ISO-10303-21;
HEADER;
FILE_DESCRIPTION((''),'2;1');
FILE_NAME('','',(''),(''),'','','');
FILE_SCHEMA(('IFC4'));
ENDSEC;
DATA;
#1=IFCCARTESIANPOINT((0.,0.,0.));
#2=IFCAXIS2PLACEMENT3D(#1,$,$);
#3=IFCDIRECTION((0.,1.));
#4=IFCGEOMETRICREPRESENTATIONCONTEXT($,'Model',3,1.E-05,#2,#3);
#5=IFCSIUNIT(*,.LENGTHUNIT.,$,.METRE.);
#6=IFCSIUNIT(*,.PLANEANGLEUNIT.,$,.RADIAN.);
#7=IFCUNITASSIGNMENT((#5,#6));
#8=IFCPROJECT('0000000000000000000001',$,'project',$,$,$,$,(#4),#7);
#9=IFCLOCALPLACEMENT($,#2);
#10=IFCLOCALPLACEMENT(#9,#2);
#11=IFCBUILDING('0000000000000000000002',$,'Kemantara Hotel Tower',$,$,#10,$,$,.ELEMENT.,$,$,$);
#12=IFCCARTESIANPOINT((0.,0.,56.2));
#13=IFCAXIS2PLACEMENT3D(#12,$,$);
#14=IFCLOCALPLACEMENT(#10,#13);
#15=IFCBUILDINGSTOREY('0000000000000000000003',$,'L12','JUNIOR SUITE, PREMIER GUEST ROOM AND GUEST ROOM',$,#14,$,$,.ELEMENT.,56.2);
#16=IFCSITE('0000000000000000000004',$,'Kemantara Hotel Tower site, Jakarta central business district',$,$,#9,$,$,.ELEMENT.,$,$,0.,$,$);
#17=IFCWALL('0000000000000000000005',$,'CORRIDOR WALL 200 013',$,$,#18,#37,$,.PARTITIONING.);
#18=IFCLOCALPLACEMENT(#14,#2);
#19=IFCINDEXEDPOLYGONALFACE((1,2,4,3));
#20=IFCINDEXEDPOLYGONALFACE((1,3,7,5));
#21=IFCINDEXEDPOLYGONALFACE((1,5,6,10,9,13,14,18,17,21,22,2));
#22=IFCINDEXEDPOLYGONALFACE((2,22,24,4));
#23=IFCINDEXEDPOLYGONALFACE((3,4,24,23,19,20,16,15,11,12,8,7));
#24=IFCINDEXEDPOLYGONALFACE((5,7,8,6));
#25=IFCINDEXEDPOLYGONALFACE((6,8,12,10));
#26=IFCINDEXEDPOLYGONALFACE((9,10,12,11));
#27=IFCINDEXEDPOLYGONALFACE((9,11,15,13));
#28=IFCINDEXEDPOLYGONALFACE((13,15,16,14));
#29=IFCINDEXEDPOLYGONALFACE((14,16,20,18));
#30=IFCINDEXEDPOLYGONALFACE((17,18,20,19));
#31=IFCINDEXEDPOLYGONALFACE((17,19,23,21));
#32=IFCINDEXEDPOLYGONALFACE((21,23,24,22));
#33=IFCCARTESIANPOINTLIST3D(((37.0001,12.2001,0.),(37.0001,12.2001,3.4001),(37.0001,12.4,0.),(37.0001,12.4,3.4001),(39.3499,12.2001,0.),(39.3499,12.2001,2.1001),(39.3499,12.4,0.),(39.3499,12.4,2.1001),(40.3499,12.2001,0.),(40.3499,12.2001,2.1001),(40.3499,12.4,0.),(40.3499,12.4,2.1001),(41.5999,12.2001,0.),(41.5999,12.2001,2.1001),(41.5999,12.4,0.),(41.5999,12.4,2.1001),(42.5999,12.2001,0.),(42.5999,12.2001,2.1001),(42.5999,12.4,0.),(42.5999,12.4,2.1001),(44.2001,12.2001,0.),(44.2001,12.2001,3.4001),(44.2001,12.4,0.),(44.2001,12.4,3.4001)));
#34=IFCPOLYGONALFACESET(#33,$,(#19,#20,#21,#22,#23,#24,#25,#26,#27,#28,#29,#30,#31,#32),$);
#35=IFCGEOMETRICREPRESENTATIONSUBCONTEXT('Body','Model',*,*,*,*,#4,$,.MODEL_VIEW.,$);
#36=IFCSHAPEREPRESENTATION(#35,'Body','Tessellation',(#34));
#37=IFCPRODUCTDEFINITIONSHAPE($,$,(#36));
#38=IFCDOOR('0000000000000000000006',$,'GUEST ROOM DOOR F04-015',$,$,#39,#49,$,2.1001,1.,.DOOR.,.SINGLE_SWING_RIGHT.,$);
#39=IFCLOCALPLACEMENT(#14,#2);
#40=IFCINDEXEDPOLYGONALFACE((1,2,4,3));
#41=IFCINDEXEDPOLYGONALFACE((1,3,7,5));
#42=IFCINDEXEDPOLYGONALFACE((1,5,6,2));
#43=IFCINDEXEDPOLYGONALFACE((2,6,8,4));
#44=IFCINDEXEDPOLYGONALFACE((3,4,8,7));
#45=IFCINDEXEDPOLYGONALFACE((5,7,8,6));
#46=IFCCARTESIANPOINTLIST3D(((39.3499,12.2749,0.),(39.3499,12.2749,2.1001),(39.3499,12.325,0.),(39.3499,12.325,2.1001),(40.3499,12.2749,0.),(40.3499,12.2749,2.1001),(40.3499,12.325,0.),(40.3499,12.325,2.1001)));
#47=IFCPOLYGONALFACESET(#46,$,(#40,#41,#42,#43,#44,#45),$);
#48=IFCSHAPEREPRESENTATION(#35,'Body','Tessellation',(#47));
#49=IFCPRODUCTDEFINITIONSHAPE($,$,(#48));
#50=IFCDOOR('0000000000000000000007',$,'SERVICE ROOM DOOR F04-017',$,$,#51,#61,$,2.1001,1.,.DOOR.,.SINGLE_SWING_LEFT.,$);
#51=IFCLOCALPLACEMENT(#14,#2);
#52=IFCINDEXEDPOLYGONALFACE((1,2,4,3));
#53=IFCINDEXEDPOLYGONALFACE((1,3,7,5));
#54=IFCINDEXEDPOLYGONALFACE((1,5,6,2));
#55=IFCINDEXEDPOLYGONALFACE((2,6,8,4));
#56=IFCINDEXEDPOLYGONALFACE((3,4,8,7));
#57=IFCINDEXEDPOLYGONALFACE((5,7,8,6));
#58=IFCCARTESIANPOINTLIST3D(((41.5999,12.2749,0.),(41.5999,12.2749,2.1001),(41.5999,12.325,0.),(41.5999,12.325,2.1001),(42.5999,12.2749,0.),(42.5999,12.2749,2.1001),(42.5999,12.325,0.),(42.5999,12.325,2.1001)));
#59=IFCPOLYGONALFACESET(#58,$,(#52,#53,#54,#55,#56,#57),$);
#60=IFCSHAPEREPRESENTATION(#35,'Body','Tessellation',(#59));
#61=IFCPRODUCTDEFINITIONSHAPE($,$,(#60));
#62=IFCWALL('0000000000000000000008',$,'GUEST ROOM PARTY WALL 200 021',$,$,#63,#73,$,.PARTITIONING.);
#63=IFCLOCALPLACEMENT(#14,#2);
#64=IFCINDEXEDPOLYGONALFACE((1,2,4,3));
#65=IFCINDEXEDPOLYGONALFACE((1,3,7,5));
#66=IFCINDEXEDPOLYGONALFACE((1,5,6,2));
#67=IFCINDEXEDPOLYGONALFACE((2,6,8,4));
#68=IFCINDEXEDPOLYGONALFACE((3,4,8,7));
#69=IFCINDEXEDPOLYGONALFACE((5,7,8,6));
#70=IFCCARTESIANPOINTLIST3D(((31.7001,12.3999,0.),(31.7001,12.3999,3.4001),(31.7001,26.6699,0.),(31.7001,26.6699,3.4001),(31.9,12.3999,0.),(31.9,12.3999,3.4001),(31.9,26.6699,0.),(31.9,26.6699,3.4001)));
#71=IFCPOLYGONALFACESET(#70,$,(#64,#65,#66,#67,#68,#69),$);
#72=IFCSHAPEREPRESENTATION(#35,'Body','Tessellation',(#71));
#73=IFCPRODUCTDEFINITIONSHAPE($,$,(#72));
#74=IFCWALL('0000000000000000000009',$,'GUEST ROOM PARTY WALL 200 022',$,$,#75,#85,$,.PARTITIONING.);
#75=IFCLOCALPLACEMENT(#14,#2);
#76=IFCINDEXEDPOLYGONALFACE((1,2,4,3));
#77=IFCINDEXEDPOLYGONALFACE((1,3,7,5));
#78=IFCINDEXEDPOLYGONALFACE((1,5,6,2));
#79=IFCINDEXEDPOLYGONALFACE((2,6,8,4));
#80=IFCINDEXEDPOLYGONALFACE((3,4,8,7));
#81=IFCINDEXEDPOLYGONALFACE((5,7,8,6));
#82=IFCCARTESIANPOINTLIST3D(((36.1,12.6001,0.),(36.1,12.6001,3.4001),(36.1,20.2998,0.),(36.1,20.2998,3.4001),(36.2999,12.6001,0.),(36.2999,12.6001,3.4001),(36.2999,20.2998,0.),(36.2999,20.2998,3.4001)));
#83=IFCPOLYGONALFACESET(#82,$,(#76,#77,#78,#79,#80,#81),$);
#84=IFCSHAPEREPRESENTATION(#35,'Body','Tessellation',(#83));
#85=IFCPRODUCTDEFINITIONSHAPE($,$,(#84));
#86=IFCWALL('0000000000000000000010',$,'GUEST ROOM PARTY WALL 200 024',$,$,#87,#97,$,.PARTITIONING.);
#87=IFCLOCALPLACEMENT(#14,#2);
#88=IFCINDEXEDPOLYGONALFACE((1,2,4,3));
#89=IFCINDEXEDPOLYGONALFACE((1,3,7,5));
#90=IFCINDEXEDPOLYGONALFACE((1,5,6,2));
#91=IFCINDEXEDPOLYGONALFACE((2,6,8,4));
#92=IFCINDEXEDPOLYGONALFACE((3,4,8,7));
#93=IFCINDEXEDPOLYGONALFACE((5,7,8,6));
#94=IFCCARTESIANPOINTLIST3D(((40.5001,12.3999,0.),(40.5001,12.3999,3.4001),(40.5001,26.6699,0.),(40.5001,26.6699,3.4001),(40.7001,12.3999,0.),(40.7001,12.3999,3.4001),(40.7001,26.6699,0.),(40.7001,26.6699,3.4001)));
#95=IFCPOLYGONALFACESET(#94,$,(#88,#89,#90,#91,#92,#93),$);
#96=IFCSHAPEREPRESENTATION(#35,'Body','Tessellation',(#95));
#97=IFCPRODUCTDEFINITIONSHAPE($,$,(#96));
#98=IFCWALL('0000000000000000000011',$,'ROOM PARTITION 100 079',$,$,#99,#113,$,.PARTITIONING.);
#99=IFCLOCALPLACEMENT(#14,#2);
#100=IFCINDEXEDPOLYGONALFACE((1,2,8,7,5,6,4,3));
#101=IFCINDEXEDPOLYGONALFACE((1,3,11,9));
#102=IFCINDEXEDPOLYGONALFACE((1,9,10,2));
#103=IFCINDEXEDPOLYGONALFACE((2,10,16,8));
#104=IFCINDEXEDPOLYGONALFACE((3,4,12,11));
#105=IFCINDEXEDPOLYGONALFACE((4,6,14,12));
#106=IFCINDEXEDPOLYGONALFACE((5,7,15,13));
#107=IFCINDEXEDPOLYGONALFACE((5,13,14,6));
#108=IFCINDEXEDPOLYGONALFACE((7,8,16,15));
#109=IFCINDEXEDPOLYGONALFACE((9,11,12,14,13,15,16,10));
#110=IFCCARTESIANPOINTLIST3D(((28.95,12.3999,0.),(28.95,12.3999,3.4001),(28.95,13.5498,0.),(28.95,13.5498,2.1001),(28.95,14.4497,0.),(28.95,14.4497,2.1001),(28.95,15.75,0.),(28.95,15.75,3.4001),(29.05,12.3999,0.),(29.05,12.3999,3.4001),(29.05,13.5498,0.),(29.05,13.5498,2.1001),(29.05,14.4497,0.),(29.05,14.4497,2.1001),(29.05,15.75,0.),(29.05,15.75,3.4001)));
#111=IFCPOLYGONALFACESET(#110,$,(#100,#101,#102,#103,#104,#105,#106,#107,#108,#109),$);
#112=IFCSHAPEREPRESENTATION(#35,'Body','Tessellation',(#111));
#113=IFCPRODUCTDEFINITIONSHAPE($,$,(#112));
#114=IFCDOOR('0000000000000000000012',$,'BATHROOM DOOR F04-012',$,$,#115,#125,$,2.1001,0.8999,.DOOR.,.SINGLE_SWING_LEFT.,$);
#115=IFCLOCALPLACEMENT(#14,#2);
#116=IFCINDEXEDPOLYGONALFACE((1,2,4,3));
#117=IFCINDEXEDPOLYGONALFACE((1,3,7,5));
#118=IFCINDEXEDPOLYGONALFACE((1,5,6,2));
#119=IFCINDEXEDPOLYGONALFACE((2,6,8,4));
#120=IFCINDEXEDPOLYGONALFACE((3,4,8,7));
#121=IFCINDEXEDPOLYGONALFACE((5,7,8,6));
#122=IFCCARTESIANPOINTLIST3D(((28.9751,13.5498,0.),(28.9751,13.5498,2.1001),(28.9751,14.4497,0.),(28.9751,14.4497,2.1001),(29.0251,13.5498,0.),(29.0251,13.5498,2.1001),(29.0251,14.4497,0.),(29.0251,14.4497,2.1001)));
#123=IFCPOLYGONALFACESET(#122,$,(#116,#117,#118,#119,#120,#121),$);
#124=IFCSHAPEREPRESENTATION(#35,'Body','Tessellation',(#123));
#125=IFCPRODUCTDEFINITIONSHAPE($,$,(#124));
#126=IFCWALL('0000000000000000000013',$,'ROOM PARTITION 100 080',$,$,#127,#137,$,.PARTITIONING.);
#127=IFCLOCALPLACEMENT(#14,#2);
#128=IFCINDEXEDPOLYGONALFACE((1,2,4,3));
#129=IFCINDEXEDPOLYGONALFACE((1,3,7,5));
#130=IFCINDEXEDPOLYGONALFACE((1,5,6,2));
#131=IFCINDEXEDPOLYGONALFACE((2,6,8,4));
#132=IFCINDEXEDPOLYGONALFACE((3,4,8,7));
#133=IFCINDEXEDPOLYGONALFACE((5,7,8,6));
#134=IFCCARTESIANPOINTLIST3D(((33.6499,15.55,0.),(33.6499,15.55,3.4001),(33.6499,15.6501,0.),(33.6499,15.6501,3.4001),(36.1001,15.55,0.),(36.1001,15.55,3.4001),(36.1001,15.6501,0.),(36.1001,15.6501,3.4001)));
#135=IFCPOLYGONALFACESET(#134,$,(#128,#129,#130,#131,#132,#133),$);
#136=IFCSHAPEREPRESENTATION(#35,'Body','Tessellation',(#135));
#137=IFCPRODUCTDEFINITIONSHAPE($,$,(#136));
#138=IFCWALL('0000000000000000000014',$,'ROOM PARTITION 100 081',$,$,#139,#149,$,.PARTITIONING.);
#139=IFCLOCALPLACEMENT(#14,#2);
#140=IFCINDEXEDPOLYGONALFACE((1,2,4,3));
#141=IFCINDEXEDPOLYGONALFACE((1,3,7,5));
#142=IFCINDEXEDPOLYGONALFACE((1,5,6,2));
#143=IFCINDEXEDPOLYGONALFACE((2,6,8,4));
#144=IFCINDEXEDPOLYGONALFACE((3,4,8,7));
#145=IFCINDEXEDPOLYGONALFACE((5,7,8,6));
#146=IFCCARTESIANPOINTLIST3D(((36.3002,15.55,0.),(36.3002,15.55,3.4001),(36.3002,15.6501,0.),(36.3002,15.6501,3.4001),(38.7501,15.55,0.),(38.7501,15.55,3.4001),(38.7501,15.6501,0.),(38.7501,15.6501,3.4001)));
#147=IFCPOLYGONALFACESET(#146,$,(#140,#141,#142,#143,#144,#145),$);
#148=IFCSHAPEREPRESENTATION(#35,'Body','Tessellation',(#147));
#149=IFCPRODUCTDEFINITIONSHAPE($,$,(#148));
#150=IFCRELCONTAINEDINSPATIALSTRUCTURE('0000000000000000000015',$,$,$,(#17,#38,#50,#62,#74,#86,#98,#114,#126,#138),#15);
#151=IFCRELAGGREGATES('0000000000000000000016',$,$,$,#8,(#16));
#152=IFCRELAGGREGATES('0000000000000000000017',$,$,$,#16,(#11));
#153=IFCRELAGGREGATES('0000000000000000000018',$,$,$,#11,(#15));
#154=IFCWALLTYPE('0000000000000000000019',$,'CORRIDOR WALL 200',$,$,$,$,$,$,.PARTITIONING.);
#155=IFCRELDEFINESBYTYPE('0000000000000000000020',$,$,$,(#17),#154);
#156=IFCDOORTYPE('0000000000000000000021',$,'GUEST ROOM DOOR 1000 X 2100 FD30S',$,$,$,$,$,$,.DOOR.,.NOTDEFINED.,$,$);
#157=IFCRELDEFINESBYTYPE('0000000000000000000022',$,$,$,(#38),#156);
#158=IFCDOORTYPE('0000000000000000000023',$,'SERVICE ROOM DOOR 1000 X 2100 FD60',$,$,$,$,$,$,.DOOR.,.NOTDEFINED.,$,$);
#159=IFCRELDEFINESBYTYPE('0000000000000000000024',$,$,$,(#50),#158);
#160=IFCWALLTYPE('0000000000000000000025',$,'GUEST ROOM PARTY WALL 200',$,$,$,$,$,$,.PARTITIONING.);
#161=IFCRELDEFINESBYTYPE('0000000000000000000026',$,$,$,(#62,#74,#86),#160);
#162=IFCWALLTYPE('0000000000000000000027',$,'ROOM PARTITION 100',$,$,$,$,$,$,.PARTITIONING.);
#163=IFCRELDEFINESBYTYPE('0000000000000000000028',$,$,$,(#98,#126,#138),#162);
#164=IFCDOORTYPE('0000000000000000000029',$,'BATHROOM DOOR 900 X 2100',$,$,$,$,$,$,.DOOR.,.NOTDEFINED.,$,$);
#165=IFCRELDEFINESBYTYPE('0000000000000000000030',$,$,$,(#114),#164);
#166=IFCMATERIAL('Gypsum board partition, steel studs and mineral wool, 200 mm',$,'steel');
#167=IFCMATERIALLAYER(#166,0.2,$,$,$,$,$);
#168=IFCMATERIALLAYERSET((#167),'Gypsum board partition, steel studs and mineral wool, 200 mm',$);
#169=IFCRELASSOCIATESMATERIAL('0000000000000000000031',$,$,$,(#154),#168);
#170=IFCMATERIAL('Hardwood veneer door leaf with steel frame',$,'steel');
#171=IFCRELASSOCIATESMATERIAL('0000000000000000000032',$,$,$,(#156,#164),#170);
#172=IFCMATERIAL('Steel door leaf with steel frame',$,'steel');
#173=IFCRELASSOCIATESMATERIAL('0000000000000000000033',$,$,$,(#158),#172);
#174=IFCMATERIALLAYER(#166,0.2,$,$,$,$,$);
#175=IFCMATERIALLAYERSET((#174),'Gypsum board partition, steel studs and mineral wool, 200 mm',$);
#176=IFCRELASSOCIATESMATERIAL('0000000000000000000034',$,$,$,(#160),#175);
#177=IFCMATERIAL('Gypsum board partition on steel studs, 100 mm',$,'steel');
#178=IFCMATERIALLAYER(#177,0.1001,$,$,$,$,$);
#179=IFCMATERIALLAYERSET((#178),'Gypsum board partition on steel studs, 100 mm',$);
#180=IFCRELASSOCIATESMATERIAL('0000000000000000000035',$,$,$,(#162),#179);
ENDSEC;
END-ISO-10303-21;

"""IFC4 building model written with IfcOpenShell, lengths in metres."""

from ifc_helpers import new_model, si_unit, direction, frame, frame_2d, origin, place, context, subcontext, project, spatial, rectangle, extrude, material, layer, layer_set, type_object, element, fill, save


model = new_model("IFC4")

# Units and contexts
model_context = context("Model", 3, precision=1e-05, world=origin(), true_north=direction((0.0, 1.0)))
body_context = subcontext(model_context, "Body", "Model", "MODEL_VIEW")
ifc_project = project(units=[si_unit("LENGTHUNIT", "METRE"), si_unit("PLANEANGLEUNIT", "RADIAN")], contexts=[model_context])

# Site, building, storey
site_placement = place(None, origin())
site = spatial("IfcSite", under=ifc_project, at=site_placement, Name="Kemantara Hotel Tower site, Jakarta central business district", CompositionType="ELEMENT", RefElevation=0.0)
building_placement = place(site_placement, origin())
building = spatial("IfcBuilding", under=site, at=building_placement, Name="Kemantara Hotel Tower", CompositionType="ELEMENT")
storey_placement = place(building_placement, frame((0.0, 0.0, 56.2)))
storey = spatial("IfcBuildingStorey", under=building, at=storey_placement, Name="L12", Description="JUNIOR SUITE, PREMIER GUEST ROOM AND GUEST ROOM", CompositionType="ELEMENT", Elevation=56.2)

# Shared definitions
ifc_material_1 = material(Name="Gypsum board partition, steel studs and mineral wool, 200 mm", Category="steel")
ifc_layer_1 = layer(ifc_material_1, 0.2)
ifc_layer_set_1 = layer_set([ifc_layer_1], Name="Gypsum board partition, steel studs and mineral wool, 200 mm")
wall_type_1 = type_object("IfcWallType", Name="CORRIDOR WALL 200", PredefinedType="PARTITIONING", material=ifc_layer_set_1)

# Wall, openings, doors
ifc_material_2 = material(Name="Hardwood veneer door leaf with steel frame", Category="steel")
door_type_1 = type_object("IfcDoorType", Name="GUEST ROOM DOOR 1000 X 2100 FD30S", OperationType="NOTDEFINED", PredefinedType="DOOR", material=ifc_material_2)
wall_1_placement = place(storey_placement, frame((37.0, 12.3, 0.0), z_axis=(0.0, 0.0, 1.0), x_axis=(1.0, 0.0, 0.0)))
wall_1 = element("IfcWall", 1, at=wall_1_placement, inside=storey, type_object=wall_type_1, Name="CORRIDOR WALL 200 013", PredefinedType="PARTITIONING", context=body_context, shape_type="SweptSolid", body=[
    extrude(rectangle(XDim=7.2, YDim=0.2, at=frame_2d((3.6001, 0.0))), origin(), (0.0, 0.0, 1.0), 3.4001),
])
opening_1_placement = place(wall_1_placement, frame((2.3499, 0.0, 0.0)))
opening_1 = element("IfcOpeningElement", 2, at=opening_1_placement, cuts=wall_1, PredefinedType="OPENING", context=body_context, shape_type="SweptSolid", body=[
    extrude(rectangle(XDim=1.0, YDim=2.1001, at=frame_2d((0.5, 1.05))), frame((0.0, 0.1099, 0.0), z_axis=(0.0, -1.0, 0.0), x_axis=(1.0, 0.0, 0.0)), (0.0, 0.0, 1.0), 0.22),
])
opening_2_placement = place(wall_1_placement, frame((4.5999, 0.0, 0.0)))
opening_2 = element("IfcOpeningElement", 3, at=opening_2_placement, cuts=wall_1, PredefinedType="OPENING", context=body_context, shape_type="SweptSolid", body=[
    extrude(rectangle(XDim=1.0, YDim=2.1001, at=frame_2d((0.5, 1.05))), frame((0.0, 0.1099, 0.0), z_axis=(0.0, -1.0, 0.0), x_axis=(1.0, 0.0, 0.0)), (0.0, 0.0, 1.0), 0.22),
])
door_1_placement = place(opening_1_placement, origin())
door_1 = element("IfcDoor", 4, at=door_1_placement, inside=storey, type_object=door_type_1, Name="GUEST ROOM DOOR F04-015", OperationType="SINGLE_SWING_RIGHT", OverallHeight=2.1001, OverallWidth=1.0, PredefinedType="DOOR", context=body_context, shape_type="SweptSolid", body=[
    extrude(rectangle(XDim=1.0, YDim=2.1001, at=frame_2d((0.5, 1.05))), frame((0.0, 0.0249, 0.0), z_axis=(0.0, -1.0, 0.0), x_axis=(1.0, 0.0, 0.0)), (0.0, 0.0, 1.0), 0.05),
])
fill(opening_1, door_1)
ifc_material_3 = material(Name="Steel door leaf with steel frame", Category="steel")
door_type_2 = type_object("IfcDoorType", Name="SERVICE ROOM DOOR 1000 X 2100 FD60", OperationType="NOTDEFINED", PredefinedType="DOOR", material=ifc_material_3)
door_2_placement = place(opening_2_placement, origin())
door_2 = element("IfcDoor", 5, at=door_2_placement, inside=storey, type_object=door_type_2, Name="SERVICE ROOM DOOR F04-017", OperationType="SINGLE_SWING_LEFT", OverallHeight=2.1001, OverallWidth=1.0, PredefinedType="DOOR", context=body_context, shape_type="SweptSolid", body=[
    extrude(rectangle(XDim=1.0, YDim=2.1001, at=frame_2d((0.5, 1.05))), frame((0.0, 0.0249, 0.0), z_axis=(0.0, -1.0, 0.0), x_axis=(1.0, 0.0, 0.0)), (0.0, 0.0, 1.0), 0.05),
])
fill(opening_2, door_2)

# Walls
ifc_layer_2 = layer(ifc_material_1, 0.2)
ifc_layer_set_2 = layer_set([ifc_layer_2], Name="Gypsum board partition, steel studs and mineral wool, 200 mm")
wall_type_2 = type_object("IfcWallType", Name="GUEST ROOM PARTY WALL 200", PredefinedType="PARTITIONING", material=ifc_layer_set_2)
wall_2_placement = place(storey_placement, frame((31.8, 12.3999, 0.0), z_axis=(0.0, 0.0, 1.0), x_axis=(0.0, 1.0, 0.0)))
element("IfcWall", 6, at=wall_2_placement, inside=storey, type_object=wall_type_2, Name="GUEST ROOM PARTY WALL 200 021", PredefinedType="PARTITIONING", context=body_context, shape_type="SweptSolid", body=[
    extrude(rectangle(XDim=14.27, YDim=0.2, at=frame_2d((7.135, 0.0))), origin(), (0.0, 0.0, 1.0), 3.4001),
])
wall_3_placement = place(storey_placement, frame((36.2, 12.6001, 0.0), z_axis=(0.0, 0.0, 1.0), x_axis=(0.0, 1.0, 0.0)))
element("IfcWall", 7, at=wall_3_placement, inside=storey, type_object=wall_type_2, Name="GUEST ROOM PARTY WALL 200 022", PredefinedType="PARTITIONING", context=body_context, shape_type="SweptSolid", body=[
    extrude(rectangle(XDim=7.6997, YDim=0.2, at=frame_2d((3.8499, 0.0))), origin(), (0.0, 0.0, 1.0), 3.4001),
])
wall_4_placement = place(storey_placement, frame((40.6001, 12.3999, 0.0), z_axis=(0.0, 0.0, 1.0), x_axis=(0.0, 1.0, 0.0)))
element("IfcWall", 8, at=wall_4_placement, inside=storey, type_object=wall_type_2, Name="GUEST ROOM PARTY WALL 200 024", PredefinedType="PARTITIONING", context=body_context, shape_type="SweptSolid", body=[
    extrude(rectangle(XDim=14.27, YDim=0.2, at=frame_2d((7.135, 0.0))), origin(), (0.0, 0.0, 1.0), 3.4001),
])

# Wall, opening, door
ifc_material_4 = material(Name="Gypsum board partition on steel studs, 100 mm", Category="steel")
ifc_layer_3 = layer(ifc_material_4, 0.1001)
ifc_layer_set_3 = layer_set([ifc_layer_3], Name="Gypsum board partition on steel studs, 100 mm")
wall_type_3 = type_object("IfcWallType", Name="ROOM PARTITION 100", PredefinedType="PARTITIONING", material=ifc_layer_set_3)
wall_5_placement = place(storey_placement, frame((29.0, 12.3999, 0.0), z_axis=(0.0, 0.0, 1.0), x_axis=(0.0, 1.0, 0.0)))
wall_5 = element("IfcWall", 9, at=wall_5_placement, inside=storey, type_object=wall_type_3, Name="ROOM PARTITION 100 079", PredefinedType="PARTITIONING", context=body_context, shape_type="SweptSolid", body=[
    extrude(rectangle(XDim=3.3501, YDim=0.1001, at=frame_2d((1.675, 0.0))), origin(), (0.0, 0.0, 1.0), 3.4001),
])
opening_3_placement = place(wall_5_placement, frame((1.1499, 0.0, 0.0)))
opening_3 = element("IfcOpeningElement", 10, at=opening_3_placement, cuts=wall_5, PredefinedType="OPENING", context=body_context, shape_type="SweptSolid", body=[
    extrude(rectangle(XDim=0.8999, YDim=2.1001, at=frame_2d((0.45, 1.05))), frame((0.0, 0.0601, 0.0), z_axis=(0.0, -1.0, 0.0), x_axis=(1.0, 0.0, 0.0)), (0.0, 0.0, 1.0), 0.1201),
])
door_type_3 = type_object("IfcDoorType", Name="BATHROOM DOOR 900 X 2100", OperationType="NOTDEFINED", PredefinedType="DOOR", material=ifc_material_2)
door_3_placement = place(opening_3_placement, origin())
door_3 = element("IfcDoor", 11, at=door_3_placement, inside=storey, type_object=door_type_3, Name="BATHROOM DOOR F04-012", OperationType="SINGLE_SWING_LEFT", OverallHeight=2.1001, OverallWidth=0.8999, PredefinedType="DOOR", context=body_context, shape_type="SweptSolid", body=[
    extrude(rectangle(XDim=0.8999, YDim=2.1001, at=frame_2d((0.45, 1.05))), frame((0.0, 0.0249, 0.0), z_axis=(0.0, -1.0, 0.0), x_axis=(1.0, 0.0, 0.0)), (0.0, 0.0, 1.0), 0.05),
])
fill(opening_3, door_3)

# Walls
wall_6_placement = place(storey_placement, frame((33.6499, 15.6001, 0.0), z_axis=(0.0, 0.0, 1.0), x_axis=(1.0, 0.0, 0.0)))
element("IfcWall", 12, at=wall_6_placement, inside=storey, type_object=wall_type_3, Name="ROOM PARTITION 100 080", PredefinedType="PARTITIONING", context=body_context, shape_type="SweptSolid", body=[
    extrude(rectangle(XDim=2.4502, YDim=0.1001, at=frame_2d((1.2251, 0.0))), origin(), (0.0, 0.0, 1.0), 3.4001),
])
wall_7_placement = place(storey_placement, frame((36.3, 15.6001, 0.0), z_axis=(0.0, 0.0, 1.0), x_axis=(1.0, 0.0, 0.0)))
element("IfcWall", 13, at=wall_7_placement, inside=storey, type_object=wall_type_3, Name="ROOM PARTITION 100 081", PredefinedType="PARTITIONING", context=body_context, shape_type="SweptSolid", body=[
    extrude(rectangle(XDim=2.45, YDim=0.1001, at=frame_2d((1.2251, 0.0))), origin(), (0.0, 0.0, 1.0), 3.4001),
])

save(model, "model.ifc")
